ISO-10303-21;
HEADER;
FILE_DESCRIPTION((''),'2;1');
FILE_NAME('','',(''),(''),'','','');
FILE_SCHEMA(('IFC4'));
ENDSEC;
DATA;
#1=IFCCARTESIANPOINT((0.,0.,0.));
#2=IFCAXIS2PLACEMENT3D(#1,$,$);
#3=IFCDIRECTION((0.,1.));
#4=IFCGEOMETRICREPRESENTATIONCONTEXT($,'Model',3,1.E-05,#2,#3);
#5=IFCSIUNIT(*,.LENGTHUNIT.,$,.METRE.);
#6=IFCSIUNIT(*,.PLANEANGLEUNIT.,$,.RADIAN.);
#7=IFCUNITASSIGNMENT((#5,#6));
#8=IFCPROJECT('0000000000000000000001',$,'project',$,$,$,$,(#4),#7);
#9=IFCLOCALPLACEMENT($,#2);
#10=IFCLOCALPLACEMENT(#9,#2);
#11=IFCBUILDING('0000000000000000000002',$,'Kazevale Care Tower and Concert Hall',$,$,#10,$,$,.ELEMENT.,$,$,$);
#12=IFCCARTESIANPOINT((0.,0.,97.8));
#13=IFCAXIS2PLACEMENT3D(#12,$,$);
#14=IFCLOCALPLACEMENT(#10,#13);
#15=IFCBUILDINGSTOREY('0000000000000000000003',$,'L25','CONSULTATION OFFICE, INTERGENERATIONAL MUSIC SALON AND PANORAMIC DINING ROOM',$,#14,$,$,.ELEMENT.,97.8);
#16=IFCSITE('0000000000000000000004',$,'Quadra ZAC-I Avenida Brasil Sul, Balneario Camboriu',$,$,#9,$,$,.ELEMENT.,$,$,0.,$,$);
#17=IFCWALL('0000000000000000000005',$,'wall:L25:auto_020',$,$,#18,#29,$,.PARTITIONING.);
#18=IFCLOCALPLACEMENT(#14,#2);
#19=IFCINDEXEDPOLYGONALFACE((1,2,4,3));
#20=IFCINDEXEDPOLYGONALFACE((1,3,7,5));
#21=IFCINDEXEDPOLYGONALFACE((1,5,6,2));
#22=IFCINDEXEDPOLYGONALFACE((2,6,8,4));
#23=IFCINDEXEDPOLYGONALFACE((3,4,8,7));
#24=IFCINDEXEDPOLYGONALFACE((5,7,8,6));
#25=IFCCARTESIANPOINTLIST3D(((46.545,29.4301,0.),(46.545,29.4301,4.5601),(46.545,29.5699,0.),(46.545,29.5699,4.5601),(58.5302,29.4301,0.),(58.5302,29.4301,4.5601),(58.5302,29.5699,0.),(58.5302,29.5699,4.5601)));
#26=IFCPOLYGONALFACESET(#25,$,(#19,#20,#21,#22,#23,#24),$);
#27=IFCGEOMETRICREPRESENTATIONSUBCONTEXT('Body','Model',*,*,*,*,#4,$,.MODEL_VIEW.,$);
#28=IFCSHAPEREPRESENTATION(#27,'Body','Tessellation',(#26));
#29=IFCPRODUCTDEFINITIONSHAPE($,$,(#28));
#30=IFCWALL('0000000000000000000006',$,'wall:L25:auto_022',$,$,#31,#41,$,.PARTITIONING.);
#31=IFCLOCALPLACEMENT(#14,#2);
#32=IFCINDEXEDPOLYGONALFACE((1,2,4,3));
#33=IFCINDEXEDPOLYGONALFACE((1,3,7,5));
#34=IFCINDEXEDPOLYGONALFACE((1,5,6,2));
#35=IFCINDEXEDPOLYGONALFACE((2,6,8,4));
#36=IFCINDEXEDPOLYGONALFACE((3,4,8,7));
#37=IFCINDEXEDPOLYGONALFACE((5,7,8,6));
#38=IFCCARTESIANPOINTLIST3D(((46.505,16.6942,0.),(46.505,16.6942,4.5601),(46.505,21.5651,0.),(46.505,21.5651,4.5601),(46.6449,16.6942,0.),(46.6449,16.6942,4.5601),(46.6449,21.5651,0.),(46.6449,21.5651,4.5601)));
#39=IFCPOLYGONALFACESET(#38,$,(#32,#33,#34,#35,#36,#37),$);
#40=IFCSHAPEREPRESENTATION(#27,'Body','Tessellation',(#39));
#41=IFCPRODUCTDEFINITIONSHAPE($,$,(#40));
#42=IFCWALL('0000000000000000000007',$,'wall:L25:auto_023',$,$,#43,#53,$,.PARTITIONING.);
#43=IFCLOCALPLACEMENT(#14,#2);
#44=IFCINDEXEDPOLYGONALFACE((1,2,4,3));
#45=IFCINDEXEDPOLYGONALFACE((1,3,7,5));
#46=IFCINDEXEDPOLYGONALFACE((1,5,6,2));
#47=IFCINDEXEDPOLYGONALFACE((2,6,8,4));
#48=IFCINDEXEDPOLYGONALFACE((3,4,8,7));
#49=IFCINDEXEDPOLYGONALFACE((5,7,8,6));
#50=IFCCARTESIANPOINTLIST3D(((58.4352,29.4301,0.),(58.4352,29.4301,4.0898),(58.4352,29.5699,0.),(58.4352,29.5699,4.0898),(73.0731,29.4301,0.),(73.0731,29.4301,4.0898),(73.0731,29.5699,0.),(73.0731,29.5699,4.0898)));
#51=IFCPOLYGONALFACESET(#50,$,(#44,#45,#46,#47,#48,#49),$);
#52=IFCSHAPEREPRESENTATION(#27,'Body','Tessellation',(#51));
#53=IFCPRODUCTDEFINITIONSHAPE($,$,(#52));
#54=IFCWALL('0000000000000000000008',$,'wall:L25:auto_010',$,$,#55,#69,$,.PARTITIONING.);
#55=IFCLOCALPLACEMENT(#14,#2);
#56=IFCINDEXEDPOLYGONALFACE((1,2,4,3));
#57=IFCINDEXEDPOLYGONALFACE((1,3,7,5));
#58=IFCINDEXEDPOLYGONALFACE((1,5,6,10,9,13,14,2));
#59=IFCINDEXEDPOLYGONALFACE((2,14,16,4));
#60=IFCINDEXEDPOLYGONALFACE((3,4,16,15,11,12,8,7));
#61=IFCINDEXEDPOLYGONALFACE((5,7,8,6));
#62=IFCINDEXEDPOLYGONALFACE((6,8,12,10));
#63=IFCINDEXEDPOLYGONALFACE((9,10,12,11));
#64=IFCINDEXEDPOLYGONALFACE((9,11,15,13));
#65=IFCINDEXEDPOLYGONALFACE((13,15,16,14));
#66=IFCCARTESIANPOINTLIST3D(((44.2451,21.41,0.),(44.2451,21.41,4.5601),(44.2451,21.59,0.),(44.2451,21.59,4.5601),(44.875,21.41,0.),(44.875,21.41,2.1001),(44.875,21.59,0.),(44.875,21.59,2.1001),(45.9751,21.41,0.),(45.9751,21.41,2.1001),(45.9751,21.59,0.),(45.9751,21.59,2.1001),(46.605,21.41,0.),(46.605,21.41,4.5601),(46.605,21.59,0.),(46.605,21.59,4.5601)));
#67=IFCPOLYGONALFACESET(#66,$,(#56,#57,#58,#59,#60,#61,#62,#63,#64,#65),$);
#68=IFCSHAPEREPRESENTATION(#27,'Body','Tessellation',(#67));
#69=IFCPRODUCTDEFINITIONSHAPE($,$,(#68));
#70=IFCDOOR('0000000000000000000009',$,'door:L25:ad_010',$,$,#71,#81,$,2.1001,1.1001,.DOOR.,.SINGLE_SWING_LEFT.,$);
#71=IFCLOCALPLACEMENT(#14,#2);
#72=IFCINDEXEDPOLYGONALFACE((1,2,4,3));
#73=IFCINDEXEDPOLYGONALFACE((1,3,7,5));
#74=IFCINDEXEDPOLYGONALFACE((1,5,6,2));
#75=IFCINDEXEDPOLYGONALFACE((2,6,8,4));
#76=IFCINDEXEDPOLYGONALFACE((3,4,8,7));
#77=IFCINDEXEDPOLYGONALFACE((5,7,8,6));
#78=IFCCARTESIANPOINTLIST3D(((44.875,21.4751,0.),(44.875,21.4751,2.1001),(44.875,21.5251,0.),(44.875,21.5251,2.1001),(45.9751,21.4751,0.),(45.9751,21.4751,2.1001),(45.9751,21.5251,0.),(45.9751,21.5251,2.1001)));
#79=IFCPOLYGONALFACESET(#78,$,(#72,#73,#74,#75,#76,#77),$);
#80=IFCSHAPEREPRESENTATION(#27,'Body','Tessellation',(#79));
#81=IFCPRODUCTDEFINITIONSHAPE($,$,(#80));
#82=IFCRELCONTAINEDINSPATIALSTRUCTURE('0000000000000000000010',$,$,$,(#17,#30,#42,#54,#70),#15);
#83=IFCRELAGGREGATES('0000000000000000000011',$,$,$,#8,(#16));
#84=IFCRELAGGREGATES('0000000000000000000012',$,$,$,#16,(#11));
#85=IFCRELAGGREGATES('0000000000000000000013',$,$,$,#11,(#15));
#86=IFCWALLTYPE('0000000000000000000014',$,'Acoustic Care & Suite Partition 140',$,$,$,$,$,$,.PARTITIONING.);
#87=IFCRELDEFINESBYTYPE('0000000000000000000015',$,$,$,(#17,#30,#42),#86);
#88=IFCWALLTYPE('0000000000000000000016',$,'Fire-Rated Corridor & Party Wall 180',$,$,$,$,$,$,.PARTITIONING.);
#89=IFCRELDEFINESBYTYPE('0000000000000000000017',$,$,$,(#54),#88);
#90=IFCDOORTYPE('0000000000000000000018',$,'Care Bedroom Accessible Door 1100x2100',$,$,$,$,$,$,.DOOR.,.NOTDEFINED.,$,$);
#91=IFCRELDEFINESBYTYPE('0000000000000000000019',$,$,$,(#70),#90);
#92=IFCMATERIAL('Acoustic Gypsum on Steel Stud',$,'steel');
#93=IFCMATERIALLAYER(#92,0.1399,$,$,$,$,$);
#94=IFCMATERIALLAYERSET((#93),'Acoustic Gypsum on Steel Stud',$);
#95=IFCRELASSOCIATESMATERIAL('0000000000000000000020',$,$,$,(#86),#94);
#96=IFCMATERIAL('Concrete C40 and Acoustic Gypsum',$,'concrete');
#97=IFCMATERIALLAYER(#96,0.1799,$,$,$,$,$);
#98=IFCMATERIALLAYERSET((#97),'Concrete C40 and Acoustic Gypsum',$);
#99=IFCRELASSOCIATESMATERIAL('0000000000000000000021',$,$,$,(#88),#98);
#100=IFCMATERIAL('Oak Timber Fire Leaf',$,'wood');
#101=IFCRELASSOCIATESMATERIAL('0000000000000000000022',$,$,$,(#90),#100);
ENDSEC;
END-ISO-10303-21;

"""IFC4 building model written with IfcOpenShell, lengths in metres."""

from ifc_helpers import new_model, si_unit, direction, frame, frame_2d, origin, place, context, subcontext, project, spatial, rectangle, extrude, material, layer, layer_set, type_object, element, fill, save


model = new_model("IFC4")

# Units and contexts
model_context = context("Model", 3, precision=1e-05, world=origin(), true_north=direction((0.0, 1.0)))
body_context = subcontext(model_context, "Body", "Model", "MODEL_VIEW")
ifc_project = project(units=[si_unit("LENGTHUNIT", "METRE"), si_unit("PLANEANGLEUNIT", "RADIAN")], contexts=[model_context])

# Site, building, storey
site_placement = place(None, origin())
site = spatial("IfcSite", under=ifc_project, at=site_placement, Name="Quadra ZAC-I Avenida Brasil Sul, Balneario Camboriu", CompositionType="ELEMENT", RefElevation=0.0)
building_placement = place(site_placement, origin())
building = spatial("IfcBuilding", under=site, at=building_placement, Name="Kazevale Care Tower and Concert Hall", CompositionType="ELEMENT")
storey_placement = place(building_placement, frame((0.0, 0.0, 97.8)))
storey = spatial("IfcBuildingStorey", under=building, at=storey_placement, Name="L25", Description="CONSULTATION OFFICE, INTERGENERATIONAL MUSIC SALON AND PANORAMIC DINING ROOM", CompositionType="ELEMENT", Elevation=97.8)

# Walls
ifc_material_1 = material(Name="Acoustic Gypsum on Steel Stud", Category="steel")
ifc_layer_1 = layer(ifc_material_1, 0.1399)
ifc_layer_set_1 = layer_set([ifc_layer_1], Name="Acoustic Gypsum on Steel Stud")
wall_type_1 = type_object("IfcWallType", Name="Acoustic Care & Suite Partition 140", PredefinedType="PARTITIONING", material=ifc_layer_set_1)
wall_1_placement = place(storey_placement, frame((46.5449, 29.5, 0.0), z_axis=(0.0, 0.0, 1.0), x_axis=(1.0, 0.0, 0.0)))
element("IfcWall", 1, at=wall_1_placement, inside=storey, type_object=wall_type_1, Name="wall:L25:auto_020", PredefinedType="PARTITIONING", context=body_context, shape_type="SweptSolid", body=[
    extrude(rectangle(XDim=11.9851, YDim=0.1399, at=frame_2d((5.9927, 0.0))), origin(), (0.0, 0.0, 1.0), 4.5601),
])
wall_2_placement = place(storey_placement, frame((46.575, 16.6941, 0.0), z_axis=(0.0, 0.0, 1.0), x_axis=(0.0, 1.0, 0.0)))
element("IfcWall", 2, at=wall_2_placement, inside=storey, type_object=wall_type_1, Name="wall:L25:auto_022", PredefinedType="PARTITIONING", context=body_context, shape_type="SweptSolid", body=[
    extrude(rectangle(XDim=4.8708, YDim=0.1399, at=frame_2d((2.4355, 0.0))), origin(), (0.0, 0.0, 1.0), 4.5601),
])
wall_3_placement = place(storey_placement, frame((73.073, 29.5, 0.0), z_axis=(0.0, 0.0, 1.0), x_axis=(-1.0, 0.0, 0.0)))
element("IfcWall", 3, at=wall_3_placement, inside=storey, type_object=wall_type_1, Name="wall:L25:auto_023", PredefinedType="PARTITIONING", context=body_context, shape_type="SweptSolid", body=[
    extrude(rectangle(XDim=14.6379, YDim=0.1399, at=frame_2d((7.3188, 0.0))), origin(), (0.0, 0.0, 1.0), 4.0898),
])

# Wall, opening, door
ifc_material_2 = material(Name="Concrete C40 and Acoustic Gypsum", Category="concrete")
ifc_layer_2 = layer(ifc_material_2, 0.1799)
ifc_layer_set_2 = layer_set([ifc_layer_2], Name="Concrete C40 and Acoustic Gypsum")
wall_type_2 = type_object("IfcWallType", Name="Fire-Rated Corridor & Party Wall 180", PredefinedType="PARTITIONING", material=ifc_layer_set_2)
wall_4_placement = place(storey_placement, frame((46.605, 21.5, 0.0), z_axis=(0.0, 0.0, 1.0), x_axis=(-1.0, 0.0, 0.0)))
wall_4 = element("IfcWall", 4, at=wall_4_placement, inside=storey, type_object=wall_type_2, Name="wall:L25:auto_010", PredefinedType="PARTITIONING", context=body_context, shape_type="SweptSolid", body=[
    extrude(rectangle(XDim=2.3599, YDim=0.1799, at=frame_2d((1.1799, 0.0))), origin(), (0.0, 0.0, 1.0), 4.5601),
])
opening_1_placement = place(wall_4_placement, frame((0.6299, 0.0, 0.0)))
opening_1 = element("IfcOpeningElement", 5, at=opening_1_placement, cuts=wall_4, PredefinedType="OPENING", context=body_context, shape_type="SweptSolid", body=[
    extrude(rectangle(XDim=1.1001, YDim=2.1001, at=frame_2d((0.55, 1.05))), frame((0.0, 0.0999, 0.0), z_axis=(0.0, -1.0, 0.0), x_axis=(1.0, 0.0, 0.0)), (0.0, 0.0, 1.0), 0.2),
])
ifc_material_3 = material(Name="Oak Timber Fire Leaf", Category="wood")
door_type_1 = type_object("IfcDoorType", Name="Care Bedroom Accessible Door 1100x2100", OperationType="NOTDEFINED", PredefinedType="DOOR", material=ifc_material_3)
door_1_placement = place(opening_1_placement, origin())
door_1 = element("IfcDoor", 6, at=door_1_placement, inside=storey, type_object=door_type_1, Name="door:L25:ad_010", OperationType="SINGLE_SWING_LEFT", OverallHeight=2.1001, OverallWidth=1.1001, PredefinedType="DOOR", context=body_context, shape_type="SweptSolid", body=[
    extrude(rectangle(XDim=1.1001, YDim=2.1001, at=frame_2d((0.55, 1.05))), frame((0.0, 0.0249, 0.0), z_axis=(0.0, -1.0, 0.0), x_axis=(1.0, 0.0, 0.0)), (0.0, 0.0, 1.0), 0.05),
])
fill(opening_1, door_1)

save(model, "model.ifc")
